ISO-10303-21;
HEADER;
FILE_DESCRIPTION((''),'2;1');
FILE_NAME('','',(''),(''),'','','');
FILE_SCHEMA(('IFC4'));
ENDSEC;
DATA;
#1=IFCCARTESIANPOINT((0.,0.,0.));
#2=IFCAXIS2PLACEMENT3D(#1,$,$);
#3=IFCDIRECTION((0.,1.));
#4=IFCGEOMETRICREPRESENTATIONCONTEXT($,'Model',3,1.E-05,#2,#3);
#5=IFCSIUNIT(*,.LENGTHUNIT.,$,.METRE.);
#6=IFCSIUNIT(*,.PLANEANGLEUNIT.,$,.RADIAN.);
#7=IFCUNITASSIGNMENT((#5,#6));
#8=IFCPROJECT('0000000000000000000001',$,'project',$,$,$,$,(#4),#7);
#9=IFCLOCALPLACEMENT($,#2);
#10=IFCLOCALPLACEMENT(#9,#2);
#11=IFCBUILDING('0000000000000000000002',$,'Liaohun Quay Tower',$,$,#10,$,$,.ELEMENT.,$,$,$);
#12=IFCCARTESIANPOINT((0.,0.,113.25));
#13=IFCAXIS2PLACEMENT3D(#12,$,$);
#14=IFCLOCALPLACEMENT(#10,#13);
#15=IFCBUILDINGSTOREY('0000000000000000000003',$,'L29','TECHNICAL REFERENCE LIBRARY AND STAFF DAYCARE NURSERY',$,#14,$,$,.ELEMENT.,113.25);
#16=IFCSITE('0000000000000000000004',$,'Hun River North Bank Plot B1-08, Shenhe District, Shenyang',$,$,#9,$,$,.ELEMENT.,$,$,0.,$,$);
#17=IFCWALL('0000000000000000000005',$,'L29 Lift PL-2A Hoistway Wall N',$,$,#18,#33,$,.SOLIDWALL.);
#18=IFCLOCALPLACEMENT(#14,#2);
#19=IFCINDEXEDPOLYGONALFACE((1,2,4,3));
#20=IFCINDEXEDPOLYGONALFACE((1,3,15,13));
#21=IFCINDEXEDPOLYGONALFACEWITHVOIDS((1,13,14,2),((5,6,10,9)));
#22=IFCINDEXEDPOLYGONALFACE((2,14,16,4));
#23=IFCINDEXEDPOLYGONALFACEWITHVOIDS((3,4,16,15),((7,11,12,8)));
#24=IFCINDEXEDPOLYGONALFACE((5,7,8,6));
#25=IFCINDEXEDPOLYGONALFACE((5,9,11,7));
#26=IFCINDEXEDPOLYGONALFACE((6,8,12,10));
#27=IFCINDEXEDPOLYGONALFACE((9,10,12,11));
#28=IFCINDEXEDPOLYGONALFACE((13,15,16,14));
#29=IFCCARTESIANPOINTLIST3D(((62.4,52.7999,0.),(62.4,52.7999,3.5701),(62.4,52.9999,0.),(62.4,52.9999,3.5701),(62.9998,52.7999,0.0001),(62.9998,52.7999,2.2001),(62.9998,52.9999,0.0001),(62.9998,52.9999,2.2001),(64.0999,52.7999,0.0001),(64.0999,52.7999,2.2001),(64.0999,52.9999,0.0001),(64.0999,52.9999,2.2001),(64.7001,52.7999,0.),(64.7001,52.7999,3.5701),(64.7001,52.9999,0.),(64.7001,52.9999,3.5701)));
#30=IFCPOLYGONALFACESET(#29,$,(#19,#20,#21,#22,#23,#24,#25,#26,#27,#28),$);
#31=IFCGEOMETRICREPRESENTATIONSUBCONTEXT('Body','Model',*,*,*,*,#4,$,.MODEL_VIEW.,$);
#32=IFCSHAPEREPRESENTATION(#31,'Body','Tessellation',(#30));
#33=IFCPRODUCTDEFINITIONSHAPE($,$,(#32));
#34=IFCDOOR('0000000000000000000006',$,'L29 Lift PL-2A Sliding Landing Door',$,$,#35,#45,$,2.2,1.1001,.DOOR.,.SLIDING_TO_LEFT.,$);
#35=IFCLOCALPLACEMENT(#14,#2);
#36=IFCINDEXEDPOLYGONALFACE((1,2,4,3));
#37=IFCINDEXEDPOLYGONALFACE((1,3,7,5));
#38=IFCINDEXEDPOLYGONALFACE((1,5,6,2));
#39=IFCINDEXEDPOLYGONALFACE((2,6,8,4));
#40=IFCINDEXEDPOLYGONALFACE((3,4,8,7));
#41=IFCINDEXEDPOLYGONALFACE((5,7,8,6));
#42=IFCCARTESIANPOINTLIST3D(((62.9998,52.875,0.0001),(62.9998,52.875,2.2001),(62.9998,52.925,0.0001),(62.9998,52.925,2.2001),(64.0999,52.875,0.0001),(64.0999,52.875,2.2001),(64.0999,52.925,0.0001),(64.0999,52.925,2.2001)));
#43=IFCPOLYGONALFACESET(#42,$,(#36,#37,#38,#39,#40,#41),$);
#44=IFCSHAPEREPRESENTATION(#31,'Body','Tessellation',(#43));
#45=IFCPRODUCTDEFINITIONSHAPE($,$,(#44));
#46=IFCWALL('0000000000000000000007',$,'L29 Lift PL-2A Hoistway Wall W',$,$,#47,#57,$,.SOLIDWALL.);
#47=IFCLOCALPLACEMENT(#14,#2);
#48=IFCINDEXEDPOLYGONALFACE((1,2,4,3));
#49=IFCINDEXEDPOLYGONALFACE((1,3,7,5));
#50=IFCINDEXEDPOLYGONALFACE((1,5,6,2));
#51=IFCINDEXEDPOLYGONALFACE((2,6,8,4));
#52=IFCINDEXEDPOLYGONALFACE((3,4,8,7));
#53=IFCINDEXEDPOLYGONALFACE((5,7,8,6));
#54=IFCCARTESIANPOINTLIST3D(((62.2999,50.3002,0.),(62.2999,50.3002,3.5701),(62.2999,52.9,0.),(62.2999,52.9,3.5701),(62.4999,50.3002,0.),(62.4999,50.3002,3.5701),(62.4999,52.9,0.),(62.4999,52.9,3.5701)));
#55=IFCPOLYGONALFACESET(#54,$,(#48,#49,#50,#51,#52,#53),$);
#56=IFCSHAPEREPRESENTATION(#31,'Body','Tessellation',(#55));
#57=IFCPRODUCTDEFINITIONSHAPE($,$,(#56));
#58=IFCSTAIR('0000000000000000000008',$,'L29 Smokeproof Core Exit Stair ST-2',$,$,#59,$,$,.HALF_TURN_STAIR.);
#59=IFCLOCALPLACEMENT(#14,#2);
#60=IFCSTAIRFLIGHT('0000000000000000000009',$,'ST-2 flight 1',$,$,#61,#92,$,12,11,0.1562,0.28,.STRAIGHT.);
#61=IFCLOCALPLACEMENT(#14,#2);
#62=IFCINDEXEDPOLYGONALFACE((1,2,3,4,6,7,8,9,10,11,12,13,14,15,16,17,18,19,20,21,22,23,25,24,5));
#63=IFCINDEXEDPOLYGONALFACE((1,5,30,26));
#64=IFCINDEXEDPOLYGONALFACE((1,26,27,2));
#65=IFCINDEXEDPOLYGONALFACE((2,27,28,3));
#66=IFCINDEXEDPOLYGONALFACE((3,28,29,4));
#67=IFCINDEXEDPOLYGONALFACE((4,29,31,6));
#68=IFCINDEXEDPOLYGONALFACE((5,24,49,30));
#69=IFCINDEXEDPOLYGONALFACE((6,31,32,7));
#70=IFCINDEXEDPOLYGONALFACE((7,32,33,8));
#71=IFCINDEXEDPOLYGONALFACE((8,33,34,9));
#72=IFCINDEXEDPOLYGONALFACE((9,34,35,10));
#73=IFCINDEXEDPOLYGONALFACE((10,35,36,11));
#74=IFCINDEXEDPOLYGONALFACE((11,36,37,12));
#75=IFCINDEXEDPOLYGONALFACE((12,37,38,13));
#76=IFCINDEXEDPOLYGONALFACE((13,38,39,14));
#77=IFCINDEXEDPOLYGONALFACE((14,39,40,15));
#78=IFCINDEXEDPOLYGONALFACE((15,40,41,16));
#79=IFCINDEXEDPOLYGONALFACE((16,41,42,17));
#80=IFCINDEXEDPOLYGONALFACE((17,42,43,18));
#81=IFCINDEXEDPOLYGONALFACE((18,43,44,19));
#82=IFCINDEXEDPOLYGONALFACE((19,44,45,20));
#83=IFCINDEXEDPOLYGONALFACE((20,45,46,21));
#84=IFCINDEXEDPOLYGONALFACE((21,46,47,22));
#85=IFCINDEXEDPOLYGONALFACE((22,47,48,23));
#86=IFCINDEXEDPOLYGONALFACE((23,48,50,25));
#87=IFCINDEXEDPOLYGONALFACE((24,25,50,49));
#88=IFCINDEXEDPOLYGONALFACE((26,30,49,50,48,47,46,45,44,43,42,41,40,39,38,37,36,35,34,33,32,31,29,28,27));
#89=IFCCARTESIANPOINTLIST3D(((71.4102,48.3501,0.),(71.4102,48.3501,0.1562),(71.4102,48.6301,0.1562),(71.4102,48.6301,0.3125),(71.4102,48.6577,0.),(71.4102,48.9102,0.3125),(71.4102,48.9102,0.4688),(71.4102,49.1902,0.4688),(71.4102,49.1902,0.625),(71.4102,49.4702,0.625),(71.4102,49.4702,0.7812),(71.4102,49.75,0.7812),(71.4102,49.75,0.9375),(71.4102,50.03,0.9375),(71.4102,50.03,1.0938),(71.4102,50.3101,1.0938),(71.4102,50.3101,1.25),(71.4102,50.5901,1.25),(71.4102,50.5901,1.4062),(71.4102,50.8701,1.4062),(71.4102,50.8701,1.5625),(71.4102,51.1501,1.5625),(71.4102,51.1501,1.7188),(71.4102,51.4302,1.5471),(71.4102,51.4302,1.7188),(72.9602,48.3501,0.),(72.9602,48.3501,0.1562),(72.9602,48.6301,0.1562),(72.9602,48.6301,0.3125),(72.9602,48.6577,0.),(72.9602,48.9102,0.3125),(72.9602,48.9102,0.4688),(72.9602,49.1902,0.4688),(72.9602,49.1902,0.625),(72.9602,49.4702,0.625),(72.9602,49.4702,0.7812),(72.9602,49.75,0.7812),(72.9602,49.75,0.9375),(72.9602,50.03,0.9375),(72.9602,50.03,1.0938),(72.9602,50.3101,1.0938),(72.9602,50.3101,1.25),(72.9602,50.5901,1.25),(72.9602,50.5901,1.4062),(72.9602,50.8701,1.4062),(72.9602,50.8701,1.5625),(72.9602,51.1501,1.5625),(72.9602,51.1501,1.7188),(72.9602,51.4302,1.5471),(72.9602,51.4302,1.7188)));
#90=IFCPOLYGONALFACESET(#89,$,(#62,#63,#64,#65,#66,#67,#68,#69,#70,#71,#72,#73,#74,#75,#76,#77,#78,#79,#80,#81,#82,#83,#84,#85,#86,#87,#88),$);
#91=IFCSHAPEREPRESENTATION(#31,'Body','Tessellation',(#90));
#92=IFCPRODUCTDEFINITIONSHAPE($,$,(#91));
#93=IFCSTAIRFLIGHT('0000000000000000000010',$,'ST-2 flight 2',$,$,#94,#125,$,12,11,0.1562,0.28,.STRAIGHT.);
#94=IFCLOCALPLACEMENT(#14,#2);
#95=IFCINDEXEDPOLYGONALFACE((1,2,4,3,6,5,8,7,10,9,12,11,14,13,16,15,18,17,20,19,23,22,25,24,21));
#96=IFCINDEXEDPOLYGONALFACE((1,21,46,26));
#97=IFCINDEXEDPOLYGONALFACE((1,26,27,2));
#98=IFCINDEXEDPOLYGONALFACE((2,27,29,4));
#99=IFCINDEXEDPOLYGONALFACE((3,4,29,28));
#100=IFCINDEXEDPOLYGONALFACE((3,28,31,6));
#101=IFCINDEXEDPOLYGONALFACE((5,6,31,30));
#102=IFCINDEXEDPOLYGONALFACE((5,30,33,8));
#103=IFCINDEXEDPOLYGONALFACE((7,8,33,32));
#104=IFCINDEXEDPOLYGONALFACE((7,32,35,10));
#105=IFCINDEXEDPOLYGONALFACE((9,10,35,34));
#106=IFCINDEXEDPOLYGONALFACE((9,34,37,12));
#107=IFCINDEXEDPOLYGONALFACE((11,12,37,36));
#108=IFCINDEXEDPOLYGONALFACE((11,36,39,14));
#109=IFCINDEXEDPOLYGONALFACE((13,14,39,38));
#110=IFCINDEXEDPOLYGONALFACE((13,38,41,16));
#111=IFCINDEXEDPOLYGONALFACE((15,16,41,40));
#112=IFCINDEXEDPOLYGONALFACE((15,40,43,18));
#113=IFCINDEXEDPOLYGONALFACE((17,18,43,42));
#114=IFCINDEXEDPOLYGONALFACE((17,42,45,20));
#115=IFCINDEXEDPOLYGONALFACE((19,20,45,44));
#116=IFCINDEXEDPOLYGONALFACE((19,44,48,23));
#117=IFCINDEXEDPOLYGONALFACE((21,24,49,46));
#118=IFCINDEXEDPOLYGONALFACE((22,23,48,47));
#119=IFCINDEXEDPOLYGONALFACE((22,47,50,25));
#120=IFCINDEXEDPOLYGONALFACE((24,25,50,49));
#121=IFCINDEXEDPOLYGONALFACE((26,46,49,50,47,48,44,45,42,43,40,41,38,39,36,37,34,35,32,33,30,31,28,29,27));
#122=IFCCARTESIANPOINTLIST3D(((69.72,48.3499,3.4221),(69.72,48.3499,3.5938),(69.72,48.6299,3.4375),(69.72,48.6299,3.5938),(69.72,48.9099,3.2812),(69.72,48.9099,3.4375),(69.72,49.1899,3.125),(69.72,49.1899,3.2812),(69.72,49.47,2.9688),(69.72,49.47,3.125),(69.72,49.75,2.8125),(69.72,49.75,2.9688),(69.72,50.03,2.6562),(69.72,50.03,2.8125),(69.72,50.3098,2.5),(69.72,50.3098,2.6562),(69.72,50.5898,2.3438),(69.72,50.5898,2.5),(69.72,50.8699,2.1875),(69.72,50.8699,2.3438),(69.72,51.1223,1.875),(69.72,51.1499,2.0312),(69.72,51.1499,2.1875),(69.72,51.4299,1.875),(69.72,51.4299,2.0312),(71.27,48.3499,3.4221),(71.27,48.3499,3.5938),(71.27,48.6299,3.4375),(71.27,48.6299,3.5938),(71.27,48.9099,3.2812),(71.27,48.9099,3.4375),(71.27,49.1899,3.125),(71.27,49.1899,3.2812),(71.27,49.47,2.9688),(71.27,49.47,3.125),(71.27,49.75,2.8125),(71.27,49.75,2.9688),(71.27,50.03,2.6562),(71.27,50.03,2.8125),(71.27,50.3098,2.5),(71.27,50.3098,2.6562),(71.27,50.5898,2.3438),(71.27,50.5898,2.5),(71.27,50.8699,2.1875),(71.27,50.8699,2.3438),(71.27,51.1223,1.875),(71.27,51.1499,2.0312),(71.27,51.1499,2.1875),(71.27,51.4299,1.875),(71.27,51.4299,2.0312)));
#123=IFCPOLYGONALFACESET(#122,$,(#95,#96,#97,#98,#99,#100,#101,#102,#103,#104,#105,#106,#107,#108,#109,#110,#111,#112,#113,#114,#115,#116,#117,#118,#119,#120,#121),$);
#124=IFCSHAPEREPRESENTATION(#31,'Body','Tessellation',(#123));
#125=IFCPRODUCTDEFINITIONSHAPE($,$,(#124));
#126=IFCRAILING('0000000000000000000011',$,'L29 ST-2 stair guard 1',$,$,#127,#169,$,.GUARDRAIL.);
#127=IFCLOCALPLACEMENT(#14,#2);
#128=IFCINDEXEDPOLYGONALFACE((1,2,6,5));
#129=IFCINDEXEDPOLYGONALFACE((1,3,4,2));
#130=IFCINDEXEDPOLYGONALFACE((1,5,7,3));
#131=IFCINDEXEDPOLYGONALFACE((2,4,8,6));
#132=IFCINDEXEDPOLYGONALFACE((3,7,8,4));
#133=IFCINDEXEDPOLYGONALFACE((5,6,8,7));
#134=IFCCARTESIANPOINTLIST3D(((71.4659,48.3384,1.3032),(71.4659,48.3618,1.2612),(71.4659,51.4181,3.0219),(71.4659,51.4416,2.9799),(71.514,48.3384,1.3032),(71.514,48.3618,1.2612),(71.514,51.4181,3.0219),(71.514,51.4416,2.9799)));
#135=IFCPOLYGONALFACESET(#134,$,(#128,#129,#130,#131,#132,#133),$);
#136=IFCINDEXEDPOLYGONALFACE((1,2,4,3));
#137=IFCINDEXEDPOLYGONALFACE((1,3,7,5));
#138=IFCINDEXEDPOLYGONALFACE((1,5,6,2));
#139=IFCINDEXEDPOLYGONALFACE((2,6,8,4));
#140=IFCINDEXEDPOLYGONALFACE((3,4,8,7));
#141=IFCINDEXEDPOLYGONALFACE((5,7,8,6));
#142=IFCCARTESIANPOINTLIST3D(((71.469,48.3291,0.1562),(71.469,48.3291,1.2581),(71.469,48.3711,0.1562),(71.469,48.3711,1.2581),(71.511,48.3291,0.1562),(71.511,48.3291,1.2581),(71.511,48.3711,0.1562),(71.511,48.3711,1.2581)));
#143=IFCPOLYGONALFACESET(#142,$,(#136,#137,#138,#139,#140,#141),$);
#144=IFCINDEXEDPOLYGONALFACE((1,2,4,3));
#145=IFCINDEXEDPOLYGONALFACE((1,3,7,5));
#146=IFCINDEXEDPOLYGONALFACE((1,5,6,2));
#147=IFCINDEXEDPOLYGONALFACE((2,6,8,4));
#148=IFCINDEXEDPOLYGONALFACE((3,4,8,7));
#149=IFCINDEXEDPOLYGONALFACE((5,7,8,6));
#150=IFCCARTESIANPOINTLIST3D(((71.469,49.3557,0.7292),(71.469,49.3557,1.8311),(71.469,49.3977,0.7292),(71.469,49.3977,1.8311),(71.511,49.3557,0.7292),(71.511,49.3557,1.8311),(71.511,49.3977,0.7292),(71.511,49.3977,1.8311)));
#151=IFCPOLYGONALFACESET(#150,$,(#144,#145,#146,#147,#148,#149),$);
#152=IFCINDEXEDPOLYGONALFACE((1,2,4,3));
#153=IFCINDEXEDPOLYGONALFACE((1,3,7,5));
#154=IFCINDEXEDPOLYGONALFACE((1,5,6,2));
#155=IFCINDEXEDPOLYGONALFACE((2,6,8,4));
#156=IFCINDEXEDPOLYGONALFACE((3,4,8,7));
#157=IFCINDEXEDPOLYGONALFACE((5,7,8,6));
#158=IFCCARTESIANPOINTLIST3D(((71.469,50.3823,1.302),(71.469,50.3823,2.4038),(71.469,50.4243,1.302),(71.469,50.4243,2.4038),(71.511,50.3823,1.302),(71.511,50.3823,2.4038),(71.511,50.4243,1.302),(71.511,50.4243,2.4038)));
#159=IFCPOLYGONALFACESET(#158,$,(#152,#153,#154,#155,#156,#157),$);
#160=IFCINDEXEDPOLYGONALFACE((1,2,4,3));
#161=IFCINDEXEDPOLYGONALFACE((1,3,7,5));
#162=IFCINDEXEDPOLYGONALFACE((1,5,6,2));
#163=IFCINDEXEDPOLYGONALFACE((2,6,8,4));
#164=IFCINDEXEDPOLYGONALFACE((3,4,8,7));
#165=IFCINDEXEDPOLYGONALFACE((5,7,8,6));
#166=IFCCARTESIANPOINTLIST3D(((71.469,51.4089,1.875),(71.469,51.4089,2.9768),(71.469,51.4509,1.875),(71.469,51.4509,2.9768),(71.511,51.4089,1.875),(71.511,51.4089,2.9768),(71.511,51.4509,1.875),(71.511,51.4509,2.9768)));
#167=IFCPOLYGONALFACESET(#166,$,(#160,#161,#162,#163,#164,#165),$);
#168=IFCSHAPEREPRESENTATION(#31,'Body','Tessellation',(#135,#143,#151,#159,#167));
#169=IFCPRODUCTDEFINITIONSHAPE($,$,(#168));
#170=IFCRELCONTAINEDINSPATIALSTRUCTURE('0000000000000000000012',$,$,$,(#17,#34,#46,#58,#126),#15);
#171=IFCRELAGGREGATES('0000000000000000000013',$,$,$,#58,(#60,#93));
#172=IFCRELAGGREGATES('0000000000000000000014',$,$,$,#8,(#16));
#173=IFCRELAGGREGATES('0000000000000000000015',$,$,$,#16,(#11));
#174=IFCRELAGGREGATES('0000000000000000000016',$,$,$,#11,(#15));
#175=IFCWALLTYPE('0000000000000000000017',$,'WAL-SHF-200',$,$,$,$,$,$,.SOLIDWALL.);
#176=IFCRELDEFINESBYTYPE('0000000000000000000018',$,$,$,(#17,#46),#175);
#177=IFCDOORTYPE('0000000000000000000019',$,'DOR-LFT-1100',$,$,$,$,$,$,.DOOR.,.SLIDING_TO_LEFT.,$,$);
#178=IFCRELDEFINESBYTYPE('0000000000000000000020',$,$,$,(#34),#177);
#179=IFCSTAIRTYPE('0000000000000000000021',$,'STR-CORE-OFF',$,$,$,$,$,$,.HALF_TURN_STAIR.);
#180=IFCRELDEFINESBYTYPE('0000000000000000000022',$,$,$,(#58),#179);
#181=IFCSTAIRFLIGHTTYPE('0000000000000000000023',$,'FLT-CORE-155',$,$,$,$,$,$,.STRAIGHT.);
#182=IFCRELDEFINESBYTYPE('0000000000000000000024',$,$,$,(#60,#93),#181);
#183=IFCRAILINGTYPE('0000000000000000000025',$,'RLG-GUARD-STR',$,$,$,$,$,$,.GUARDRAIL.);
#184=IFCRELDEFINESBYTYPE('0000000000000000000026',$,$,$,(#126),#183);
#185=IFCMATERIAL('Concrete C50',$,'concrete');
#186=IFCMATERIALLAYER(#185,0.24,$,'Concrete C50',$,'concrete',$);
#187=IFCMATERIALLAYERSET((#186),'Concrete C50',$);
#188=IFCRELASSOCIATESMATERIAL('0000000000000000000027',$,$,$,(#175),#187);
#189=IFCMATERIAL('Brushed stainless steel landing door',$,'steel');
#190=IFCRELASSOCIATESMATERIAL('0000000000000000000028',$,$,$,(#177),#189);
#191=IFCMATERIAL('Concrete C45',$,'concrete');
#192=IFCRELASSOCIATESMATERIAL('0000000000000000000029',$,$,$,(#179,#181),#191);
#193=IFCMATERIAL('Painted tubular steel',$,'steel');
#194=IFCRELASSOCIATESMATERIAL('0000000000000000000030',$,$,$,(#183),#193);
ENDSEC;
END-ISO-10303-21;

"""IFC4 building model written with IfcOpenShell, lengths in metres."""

from ifc_helpers import new_model, si_unit, direction, frame, frame_2d, origin, origin_2d, place, context, subcontext, project, spatial, polyline, rectangle, outline, extrude, source, transform, mapped, material, layer, layer_set, type_object, element, fill, aggregate, save


model = new_model("IFC4")

# Units and contexts
model_context = context("Model", 3, precision=1e-05, world=origin(), true_north=direction((0.0, 1.0)))
body_context = subcontext(model_context, "Body", "Model", "MODEL_VIEW")
ifc_project = project(units=[si_unit("LENGTHUNIT", "METRE"), si_unit("PLANEANGLEUNIT", "RADIAN")], contexts=[model_context])

# Site, building, storey
site_placement = place(None, origin())
site = spatial("IfcSite", under=ifc_project, at=site_placement, Name="Hun River North Bank Plot B1-08, Shenhe District, Shenyang", CompositionType="ELEMENT", RefElevation=0.0)
building_placement = place(site_placement, origin())
building = spatial("IfcBuilding", under=site, at=building_placement, Name="Liaohun Quay Tower", CompositionType="ELEMENT")
storey_placement = place(building_placement, frame((0.0, 0.0, 113.25)))
storey = spatial("IfcBuildingStorey", under=building, at=storey_placement, Name="L29", Description="TECHNICAL REFERENCE LIBRARY AND STAFF DAYCARE NURSERY", CompositionType="ELEMENT", Elevation=113.25)

# Shared definitions
ifc_material_1 = material(Name="Concrete C50", Category="concrete")
ifc_layer_1 = layer(ifc_material_1, 0.24, Name="Concrete C50", Category="concrete")
ifc_layer_set_1 = layer_set([ifc_layer_1], Name="Concrete C50")
wall_type_1 = type_object("IfcWallType", Name="WAL-SHF-200", PredefinedType="SOLIDWALL", material=ifc_layer_set_1)

# Wall, opening, door
wall_1_placement = place(storey_placement, frame((64.7, 52.8999, 0.0), z_axis=(0.0, 0.0, 1.0), x_axis=(-1.0, 0.0, 0.0)))
wall_1 = element("IfcWall", 1, at=wall_1_placement, inside=storey, type_object=wall_type_1, Name="L29 Lift PL-2A Hoistway Wall N", PredefinedType="SOLIDWALL", context=body_context, shape_type="SweptSolid", body=[
    extrude(rectangle(XDim=2.3, YDim=0.2, at=frame_2d((1.1499, 0.0))), origin(), (0.0, 0.0, 1.0), 3.5701),
])
shared_shape_1 = source(origin(), body_context, "Body", "SweptSolid", [
    extrude(rectangle(XDim=1.1001, YDim=2.2, at=frame_2d((0.55, 1.1001))), frame((0.0, 0.1099, 0.0), z_axis=(0.0, -1.0, 0.0), x_axis=(1.0, 0.0, 0.0)), (0.0, 0.0, 1.0), 0.22),
])
opening_1_placement = place(wall_1_placement, frame((0.6001, 0.0, 0.0)))
opening_1 = element("IfcOpeningElement", 2, at=opening_1_placement, cuts=wall_1, PredefinedType="OPENING", context=body_context, shape_type="MappedRepresentation", body=[
    mapped(shared_shape_1, transform((0.0, 0.0, 0.0), x_axis=(1.0, 0.0, 0.0), y_axis=(0.0, 1.0, 0.0), z_axis=(0.0, 0.0, 1.0), scale=1.0)),
])
ifc_material_2 = material(Name="Brushed stainless steel landing door", Category="steel")
door_type_1 = type_object("IfcDoorType", Name="DOR-LFT-1100", OperationType="SLIDING_TO_LEFT", PredefinedType="DOOR", material=ifc_material_2)
shared_shape_2 = source(origin(), body_context, "Body", "SweptSolid", [
    extrude(rectangle(XDim=1.1001, YDim=2.2, at=frame_2d((0.55, 1.1001))), frame((0.0, 0.0249, 0.0), z_axis=(0.0, -1.0, 0.0), x_axis=(1.0, 0.0, 0.0)), (0.0, 0.0, 1.0), 0.05),
])
door_1_placement = place(opening_1_placement, origin())
door_1 = element("IfcDoor", 3, at=door_1_placement, inside=storey, type_object=door_type_1, Name="L29 Lift PL-2A Sliding Landing Door", OperationType="SLIDING_TO_LEFT", OverallHeight=2.2, OverallWidth=1.1001, PredefinedType="DOOR", context=body_context, shape_type="MappedRepresentation", body=[
    mapped(shared_shape_2, transform((0.0, 0.0, 0.0), x_axis=(1.0, 0.0, 0.0), y_axis=(0.0, 1.0, 0.0), z_axis=(0.0, 0.0, 1.0), scale=1.0)),
])
fill(opening_1, door_1)

# Wall
wall_2_placement = place(storey_placement, frame((62.3999, 52.8999, 0.0), z_axis=(0.0, 0.0, 1.0), x_axis=(0.0, -1.0, 0.0)))
element("IfcWall", 4, at=wall_2_placement, inside=storey, type_object=wall_type_1, Name="L29 Lift PL-2A Hoistway Wall W", PredefinedType="SOLIDWALL", context=body_context, shape_type="SweptSolid", body=[
    extrude(rectangle(XDim=2.5999, YDim=0.2, at=frame_2d((1.2998, 0.0))), origin(), (0.0, 0.0, 1.0), 3.5701),
])

# Stair, stair flights
ifc_material_3 = material(Name="Concrete C45", Category="concrete")
stair_type = type_object("IfcStairType", Name="STR-CORE-OFF", PredefinedType="HALF_TURN_STAIR", material=ifc_material_3)
stair_placement = place(storey_placement, origin())
stair = element("IfcStair", 5, at=stair_placement, inside=storey, type_object=stair_type, Name="L29 Smokeproof Core Exit Stair ST-2", PredefinedType="HALF_TURN_STAIR")
stair_flight_type = type_object("IfcStairFlightType", Name="FLT-CORE-155", PredefinedType="STRAIGHT", material=ifc_material_3)
stair_flight_1_placement = place(storey_placement, frame((72.1851, 48.3501, 0.0), z_axis=(0.0, 0.0, 1.0), x_axis=(0.0, 1.0, 0.0)))
stair_flight_1 = element("IfcStairFlight", 6, at=stair_flight_1_placement, type_object=stair_flight_type, Name="ST-2 flight 1", NumberOfRisers=12, NumberOfTreads=11, PredefinedType="STRAIGHT", RiserHeight=0.1562, TreadLength=0.28, context=body_context, shape_type="SweptSolid", body=[
    extrude(outline(polyline([(0.0, 0.0), (0.0, 0.1562), (0.28, 0.1562), (0.28, 0.3125), (0.5601, 0.3125), (0.5601, 0.4688), (0.8401, 0.4688), (0.8401, 0.625), (1.1201, 0.625), (1.1201, 0.7812), (1.3999, 0.7812), (1.3999, 0.9375), (1.6799, 0.9375), (1.6799, 1.0938), (1.96, 1.0938), (1.96, 1.25), (2.24, 1.25), (2.24, 1.4062), (2.52, 1.4062), (2.52, 1.5625), (2.8, 1.5625), (2.8, 1.7188), (3.0801, 1.7188), (3.0801, 1.875), (3.0801, 1.5471), (0.3076, 0.0), (0.0, 0.0)])), frame((0.0, 0.7749, 0.0), z_axis=(0.0, -1.0, 0.0), x_axis=(1.0, 0.0, 0.0)), (0.0, 0.0, 1.0), 1.55),
])
stair_flight_2_placement = place(storey_placement, frame((70.4951, 51.4299, 1.875), z_axis=(0.0, 0.0, 1.0), x_axis=(0.0, -1.0, 0.0)))
stair_flight_2 = element("IfcStairFlight", 7, at=stair_flight_2_placement, type_object=stair_flight_type, Name="ST-2 flight 2", NumberOfRisers=12, NumberOfTreads=11, PredefinedType="STRAIGHT", RiserHeight=0.1562, TreadLength=0.28, context=body_context, shape_type="SweptSolid", body=[
    extrude(outline(polyline([(0.0, 0.0), (0.0, 0.1562), (0.28, 0.1562), (0.28, 0.3125), (0.5601, 0.3125), (0.5601, 0.4688), (0.8401, 0.4688), (0.8401, 0.625), (1.1201, 0.625), (1.1201, 0.7812), (1.3999, 0.7812), (1.3999, 0.9375), (1.6799, 0.9375), (1.6799, 1.0938), (1.96, 1.0938), (1.96, 1.25), (2.24, 1.25), (2.24, 1.4062), (2.52, 1.4062), (2.52, 1.5625), (2.8, 1.5625), (2.8, 1.7188), (3.0801, 1.7188), (3.0801, 1.875), (3.0801, 1.5471), (0.3076, 0.0), (0.0, 0.0)])), frame((0.0, 0.7749, 0.0), z_axis=(0.0, -1.0, 0.0), x_axis=(1.0, 0.0, 0.0)), (0.0, 0.0, 1.0), 1.55),
])
aggregate(stair, [stair_flight_1, stair_flight_2])

# Railing
ifc_material_4 = material(Name="Painted tubular steel", Category="steel")
railing_type_1 = type_object("IfcRailingType", Name="RLG-GUARD-STR", PredefinedType="GUARDRAIL", material=ifc_material_4)
railing_1_placement = place(storey_placement, frame((71.49, 48.3501, 0.1562)))
element("IfcRailing", 8, at=railing_1_placement, inside=storey, type_object=railing_type_1, Name="L29 ST-2 stair guard 1", PredefinedType="GUARDRAIL", context=body_context, shape_type="SweptSolid", body=[
    extrude(rectangle(XDim=0.0481, YDim=0.0481, at=origin_2d()), frame((0.0, 0.0, 1.126), z_axis=(0.0, 0.873225, 0.487317), x_axis=(-1.0, 0.0, 0.0)), (0.0, 0.0, 1.0), 3.5269),
    extrude(rectangle(XDim=0.042, YDim=0.042, at=origin_2d()), origin(), (0.0, 0.0, 1.0), 1.1018),
    extrude(rectangle(XDim=0.042, YDim=0.042, at=origin_2d()), frame((0.0, 1.0266, 0.573)), (0.0, 0.0, 1.0), 1.1018),
    extrude(rectangle(XDim=0.042, YDim=0.042, at=origin_2d()), frame((0.0, 2.0532, 1.1458)), (0.0, 0.0, 1.0), 1.1018),
    extrude(rectangle(XDim=0.042, YDim=0.042, at=origin_2d()), frame((0.0, 3.0798, 1.7188)), (0.0, 0.0, 1.0), 1.1018),
])

save(model, "model.ifc")
